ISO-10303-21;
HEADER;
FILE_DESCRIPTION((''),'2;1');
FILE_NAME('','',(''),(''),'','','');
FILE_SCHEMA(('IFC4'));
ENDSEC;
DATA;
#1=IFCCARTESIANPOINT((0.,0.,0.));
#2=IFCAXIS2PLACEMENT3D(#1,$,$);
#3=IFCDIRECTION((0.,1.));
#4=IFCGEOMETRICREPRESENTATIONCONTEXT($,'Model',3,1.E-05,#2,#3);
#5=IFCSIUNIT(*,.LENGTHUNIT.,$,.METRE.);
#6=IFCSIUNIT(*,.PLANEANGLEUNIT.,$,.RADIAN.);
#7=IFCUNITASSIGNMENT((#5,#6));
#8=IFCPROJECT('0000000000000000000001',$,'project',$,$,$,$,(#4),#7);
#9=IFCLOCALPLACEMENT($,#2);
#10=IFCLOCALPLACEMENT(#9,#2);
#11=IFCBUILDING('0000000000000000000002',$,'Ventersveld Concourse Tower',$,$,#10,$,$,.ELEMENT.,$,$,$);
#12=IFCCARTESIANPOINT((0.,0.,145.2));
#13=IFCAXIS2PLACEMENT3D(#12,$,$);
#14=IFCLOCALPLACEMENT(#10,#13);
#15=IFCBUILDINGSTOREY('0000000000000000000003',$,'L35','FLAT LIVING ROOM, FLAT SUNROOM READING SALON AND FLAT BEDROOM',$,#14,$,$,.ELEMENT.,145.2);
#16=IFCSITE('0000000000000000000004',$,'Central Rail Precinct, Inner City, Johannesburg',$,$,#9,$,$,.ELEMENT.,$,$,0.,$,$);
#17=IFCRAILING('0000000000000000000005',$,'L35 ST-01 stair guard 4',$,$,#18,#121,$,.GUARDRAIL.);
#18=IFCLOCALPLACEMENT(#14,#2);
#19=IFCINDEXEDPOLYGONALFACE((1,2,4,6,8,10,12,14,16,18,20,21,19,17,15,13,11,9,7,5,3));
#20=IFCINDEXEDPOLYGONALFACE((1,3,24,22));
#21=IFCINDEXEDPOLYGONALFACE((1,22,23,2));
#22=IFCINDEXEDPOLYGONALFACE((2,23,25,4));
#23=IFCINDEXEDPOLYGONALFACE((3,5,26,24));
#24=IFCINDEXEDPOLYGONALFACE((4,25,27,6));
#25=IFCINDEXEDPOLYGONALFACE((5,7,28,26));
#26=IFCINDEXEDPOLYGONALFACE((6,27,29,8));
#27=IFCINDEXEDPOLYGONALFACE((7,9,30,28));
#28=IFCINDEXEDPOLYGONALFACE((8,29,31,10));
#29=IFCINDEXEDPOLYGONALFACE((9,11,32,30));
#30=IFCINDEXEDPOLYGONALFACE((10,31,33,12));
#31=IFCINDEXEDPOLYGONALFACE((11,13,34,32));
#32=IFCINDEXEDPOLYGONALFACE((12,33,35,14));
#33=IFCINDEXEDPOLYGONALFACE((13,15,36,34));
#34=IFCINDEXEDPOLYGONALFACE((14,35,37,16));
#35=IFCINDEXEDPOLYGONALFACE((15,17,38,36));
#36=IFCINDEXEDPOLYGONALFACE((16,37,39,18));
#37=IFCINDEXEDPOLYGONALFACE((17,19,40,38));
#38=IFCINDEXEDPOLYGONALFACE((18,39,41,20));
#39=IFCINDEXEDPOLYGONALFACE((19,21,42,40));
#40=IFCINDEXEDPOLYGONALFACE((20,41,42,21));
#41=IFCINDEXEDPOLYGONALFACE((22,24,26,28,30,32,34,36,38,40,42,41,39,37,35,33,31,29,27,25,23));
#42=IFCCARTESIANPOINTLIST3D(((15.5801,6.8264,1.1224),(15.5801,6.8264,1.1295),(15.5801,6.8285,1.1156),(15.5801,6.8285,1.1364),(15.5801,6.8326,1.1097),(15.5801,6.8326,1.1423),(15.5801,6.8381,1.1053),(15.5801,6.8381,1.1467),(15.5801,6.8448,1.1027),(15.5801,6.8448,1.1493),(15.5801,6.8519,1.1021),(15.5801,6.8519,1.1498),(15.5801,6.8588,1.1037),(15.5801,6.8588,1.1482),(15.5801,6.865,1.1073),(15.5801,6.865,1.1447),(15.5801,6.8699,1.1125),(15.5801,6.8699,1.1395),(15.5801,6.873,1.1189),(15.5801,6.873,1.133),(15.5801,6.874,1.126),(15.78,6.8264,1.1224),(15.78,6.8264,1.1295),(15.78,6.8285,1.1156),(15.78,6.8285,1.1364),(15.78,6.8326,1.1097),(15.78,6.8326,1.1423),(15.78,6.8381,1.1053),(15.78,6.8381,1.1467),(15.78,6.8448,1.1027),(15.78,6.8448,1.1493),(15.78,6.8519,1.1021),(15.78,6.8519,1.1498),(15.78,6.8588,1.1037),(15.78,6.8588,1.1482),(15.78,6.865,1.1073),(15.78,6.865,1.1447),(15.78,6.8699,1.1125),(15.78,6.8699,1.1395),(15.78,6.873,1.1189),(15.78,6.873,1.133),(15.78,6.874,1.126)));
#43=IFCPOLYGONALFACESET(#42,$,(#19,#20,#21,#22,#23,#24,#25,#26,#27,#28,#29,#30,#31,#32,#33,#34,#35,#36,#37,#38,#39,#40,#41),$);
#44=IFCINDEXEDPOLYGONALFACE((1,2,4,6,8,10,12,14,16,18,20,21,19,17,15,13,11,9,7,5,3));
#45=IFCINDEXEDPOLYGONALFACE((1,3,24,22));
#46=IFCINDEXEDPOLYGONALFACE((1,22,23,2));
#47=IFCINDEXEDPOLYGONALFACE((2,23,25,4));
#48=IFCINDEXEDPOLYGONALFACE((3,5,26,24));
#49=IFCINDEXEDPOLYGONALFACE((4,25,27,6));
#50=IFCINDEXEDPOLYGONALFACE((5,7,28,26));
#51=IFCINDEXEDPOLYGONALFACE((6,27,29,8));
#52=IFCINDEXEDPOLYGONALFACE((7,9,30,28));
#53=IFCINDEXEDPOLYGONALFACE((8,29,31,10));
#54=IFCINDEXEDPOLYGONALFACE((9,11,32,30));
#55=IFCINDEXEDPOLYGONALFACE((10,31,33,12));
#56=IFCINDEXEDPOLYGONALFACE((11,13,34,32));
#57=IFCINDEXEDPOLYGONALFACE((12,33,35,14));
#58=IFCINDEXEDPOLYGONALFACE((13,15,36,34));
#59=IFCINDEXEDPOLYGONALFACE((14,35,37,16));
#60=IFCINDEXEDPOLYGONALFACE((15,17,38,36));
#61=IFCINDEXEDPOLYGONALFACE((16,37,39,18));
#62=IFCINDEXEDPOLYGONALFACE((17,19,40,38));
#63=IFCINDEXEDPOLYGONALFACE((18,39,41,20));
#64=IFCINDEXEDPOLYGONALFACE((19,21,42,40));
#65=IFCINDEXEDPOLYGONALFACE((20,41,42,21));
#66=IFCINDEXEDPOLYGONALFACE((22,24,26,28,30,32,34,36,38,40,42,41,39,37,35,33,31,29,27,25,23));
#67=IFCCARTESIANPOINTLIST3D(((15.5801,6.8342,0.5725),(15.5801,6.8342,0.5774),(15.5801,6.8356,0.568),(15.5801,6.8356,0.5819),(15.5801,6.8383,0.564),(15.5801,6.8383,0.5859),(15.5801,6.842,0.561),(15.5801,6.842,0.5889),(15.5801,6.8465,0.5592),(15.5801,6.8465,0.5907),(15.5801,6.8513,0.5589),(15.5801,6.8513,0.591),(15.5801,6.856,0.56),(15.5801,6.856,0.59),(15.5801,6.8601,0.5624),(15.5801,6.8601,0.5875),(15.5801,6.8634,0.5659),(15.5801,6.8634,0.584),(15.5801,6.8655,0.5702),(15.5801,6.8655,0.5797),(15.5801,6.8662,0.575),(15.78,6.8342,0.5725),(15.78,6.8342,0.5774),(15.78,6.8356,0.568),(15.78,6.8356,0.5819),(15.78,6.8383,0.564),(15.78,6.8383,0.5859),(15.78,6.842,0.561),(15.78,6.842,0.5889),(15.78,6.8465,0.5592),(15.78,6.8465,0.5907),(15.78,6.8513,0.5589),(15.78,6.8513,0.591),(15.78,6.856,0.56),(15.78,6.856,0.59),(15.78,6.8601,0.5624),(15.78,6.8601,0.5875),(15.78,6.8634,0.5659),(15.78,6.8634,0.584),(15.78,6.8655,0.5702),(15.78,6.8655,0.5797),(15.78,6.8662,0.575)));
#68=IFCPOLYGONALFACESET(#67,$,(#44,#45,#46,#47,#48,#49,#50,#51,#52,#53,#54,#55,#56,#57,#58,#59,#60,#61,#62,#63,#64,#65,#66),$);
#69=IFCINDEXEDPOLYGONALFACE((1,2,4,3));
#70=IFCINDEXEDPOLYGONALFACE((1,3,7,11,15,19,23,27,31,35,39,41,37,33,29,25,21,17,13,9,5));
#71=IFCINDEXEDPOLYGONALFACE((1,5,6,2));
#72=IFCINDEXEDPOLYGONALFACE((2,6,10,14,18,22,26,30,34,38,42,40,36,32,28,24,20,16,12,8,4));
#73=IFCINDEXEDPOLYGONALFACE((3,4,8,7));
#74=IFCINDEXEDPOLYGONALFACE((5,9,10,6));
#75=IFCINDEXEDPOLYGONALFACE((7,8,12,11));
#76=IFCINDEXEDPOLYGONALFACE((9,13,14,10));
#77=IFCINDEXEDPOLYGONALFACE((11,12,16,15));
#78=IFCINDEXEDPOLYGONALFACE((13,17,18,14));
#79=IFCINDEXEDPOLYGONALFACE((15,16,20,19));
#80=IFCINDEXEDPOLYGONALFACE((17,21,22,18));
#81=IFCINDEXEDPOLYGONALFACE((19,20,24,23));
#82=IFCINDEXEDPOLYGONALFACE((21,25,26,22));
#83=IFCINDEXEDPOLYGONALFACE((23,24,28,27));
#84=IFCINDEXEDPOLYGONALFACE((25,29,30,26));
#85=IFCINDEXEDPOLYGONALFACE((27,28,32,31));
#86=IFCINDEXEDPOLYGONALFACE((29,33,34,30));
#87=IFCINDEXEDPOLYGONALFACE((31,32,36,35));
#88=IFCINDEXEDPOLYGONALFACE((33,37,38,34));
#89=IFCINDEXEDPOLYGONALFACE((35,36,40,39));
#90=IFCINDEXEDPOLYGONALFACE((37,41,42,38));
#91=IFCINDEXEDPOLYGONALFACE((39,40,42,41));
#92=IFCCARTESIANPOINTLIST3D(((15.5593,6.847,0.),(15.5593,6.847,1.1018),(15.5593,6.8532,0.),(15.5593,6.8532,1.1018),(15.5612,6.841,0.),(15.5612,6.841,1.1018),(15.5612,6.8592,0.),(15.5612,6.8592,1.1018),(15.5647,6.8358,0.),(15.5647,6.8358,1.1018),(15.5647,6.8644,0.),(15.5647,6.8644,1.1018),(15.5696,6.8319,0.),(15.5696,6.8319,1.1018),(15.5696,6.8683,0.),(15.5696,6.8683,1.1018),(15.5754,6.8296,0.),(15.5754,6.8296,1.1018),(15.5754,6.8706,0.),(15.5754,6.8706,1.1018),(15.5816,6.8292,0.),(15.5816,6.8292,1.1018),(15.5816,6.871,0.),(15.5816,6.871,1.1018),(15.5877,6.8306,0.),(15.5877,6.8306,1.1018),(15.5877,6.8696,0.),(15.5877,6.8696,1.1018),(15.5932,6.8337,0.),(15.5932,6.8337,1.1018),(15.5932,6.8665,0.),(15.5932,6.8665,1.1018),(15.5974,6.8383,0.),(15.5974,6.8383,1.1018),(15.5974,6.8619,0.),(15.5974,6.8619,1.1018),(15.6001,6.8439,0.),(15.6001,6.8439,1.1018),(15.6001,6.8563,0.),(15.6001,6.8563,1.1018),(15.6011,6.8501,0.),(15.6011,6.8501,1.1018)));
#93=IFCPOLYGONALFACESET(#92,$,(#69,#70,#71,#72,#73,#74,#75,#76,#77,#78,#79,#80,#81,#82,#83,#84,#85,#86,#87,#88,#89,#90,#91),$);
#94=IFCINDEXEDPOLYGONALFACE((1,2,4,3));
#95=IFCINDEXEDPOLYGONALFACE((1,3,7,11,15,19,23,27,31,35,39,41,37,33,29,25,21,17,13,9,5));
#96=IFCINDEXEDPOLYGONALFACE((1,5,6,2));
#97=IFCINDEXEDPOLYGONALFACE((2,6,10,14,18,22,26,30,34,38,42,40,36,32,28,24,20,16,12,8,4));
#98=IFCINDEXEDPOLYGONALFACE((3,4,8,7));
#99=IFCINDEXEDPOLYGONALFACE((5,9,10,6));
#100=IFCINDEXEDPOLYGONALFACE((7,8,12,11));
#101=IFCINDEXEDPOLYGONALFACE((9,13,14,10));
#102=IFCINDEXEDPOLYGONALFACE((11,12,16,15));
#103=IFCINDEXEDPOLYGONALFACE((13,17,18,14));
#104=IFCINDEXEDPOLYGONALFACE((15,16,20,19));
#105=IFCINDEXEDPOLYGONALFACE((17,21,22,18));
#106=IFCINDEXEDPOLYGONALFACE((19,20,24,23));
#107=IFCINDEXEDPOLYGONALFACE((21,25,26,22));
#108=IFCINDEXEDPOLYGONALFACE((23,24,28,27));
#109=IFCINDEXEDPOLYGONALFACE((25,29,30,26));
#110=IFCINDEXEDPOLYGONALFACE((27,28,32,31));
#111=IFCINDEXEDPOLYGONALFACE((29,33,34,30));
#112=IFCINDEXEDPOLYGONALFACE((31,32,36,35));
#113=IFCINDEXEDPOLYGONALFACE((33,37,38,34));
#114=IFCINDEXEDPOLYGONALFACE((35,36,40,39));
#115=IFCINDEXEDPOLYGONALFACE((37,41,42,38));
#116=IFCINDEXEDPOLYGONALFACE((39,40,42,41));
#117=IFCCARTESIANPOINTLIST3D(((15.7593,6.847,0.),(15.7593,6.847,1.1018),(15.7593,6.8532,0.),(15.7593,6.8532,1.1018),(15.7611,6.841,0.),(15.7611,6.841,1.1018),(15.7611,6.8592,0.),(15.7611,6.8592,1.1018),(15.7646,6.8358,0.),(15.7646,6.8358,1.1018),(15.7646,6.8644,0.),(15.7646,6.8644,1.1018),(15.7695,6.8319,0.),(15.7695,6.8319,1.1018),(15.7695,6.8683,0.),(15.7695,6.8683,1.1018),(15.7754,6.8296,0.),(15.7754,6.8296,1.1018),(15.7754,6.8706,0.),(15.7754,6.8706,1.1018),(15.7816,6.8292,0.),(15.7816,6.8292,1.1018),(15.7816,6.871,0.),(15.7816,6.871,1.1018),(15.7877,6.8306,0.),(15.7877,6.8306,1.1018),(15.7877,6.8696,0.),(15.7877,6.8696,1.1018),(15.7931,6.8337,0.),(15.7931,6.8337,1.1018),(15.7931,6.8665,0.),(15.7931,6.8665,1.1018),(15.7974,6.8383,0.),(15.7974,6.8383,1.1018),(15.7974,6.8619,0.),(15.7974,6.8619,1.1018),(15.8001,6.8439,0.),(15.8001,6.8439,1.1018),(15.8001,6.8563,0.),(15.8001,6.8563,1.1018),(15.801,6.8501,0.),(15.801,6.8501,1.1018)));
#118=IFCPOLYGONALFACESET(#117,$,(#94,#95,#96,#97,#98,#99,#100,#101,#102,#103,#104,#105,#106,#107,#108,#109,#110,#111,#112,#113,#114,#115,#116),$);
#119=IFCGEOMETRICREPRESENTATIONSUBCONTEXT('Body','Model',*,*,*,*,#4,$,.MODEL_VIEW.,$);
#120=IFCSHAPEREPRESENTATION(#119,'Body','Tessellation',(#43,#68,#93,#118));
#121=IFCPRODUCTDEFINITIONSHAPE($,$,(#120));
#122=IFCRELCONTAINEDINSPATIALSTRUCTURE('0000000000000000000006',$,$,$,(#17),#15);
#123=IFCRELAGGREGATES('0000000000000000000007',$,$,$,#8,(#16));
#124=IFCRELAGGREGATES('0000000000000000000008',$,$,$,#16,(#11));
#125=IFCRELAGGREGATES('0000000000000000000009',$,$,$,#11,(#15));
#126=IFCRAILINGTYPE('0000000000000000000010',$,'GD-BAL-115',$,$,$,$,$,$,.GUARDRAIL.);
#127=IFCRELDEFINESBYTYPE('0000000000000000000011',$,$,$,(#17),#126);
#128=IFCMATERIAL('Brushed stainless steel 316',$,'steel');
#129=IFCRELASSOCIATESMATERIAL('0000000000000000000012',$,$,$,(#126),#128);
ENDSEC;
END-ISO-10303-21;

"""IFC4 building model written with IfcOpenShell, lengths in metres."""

from ifc_helpers import new_model, si_unit, direction, frame, origin, origin_2d, place, context, subcontext, project, spatial, circle, extrude, material, type_object, element, save


model = new_model("IFC4")

# Units and contexts
model_context = context("Model", 3, precision=1e-05, world=origin(), true_north=direction((0.0, 1.0)))
body_context = subcontext(model_context, "Body", "Model", "MODEL_VIEW")
ifc_project = project(units=[si_unit("LENGTHUNIT", "METRE"), si_unit("PLANEANGLEUNIT", "RADIAN")], contexts=[model_context])

# Site, building, storey
site_placement = place(None, origin())
site = spatial("IfcSite", under=ifc_project, at=site_placement, Name="Central Rail Precinct, Inner City, Johannesburg", CompositionType="ELEMENT", RefElevation=0.0)
building_placement = place(site_placement, origin())
building = spatial("IfcBuilding", under=site, at=building_placement, Name="Ventersveld Concourse Tower", CompositionType="ELEMENT")
storey_placement = place(building_placement, frame((0.0, 0.0, 145.2)))
storey = spatial("IfcBuildingStorey", under=building, at=storey_placement, Name="L35", Description="FLAT LIVING ROOM, FLAT SUNROOM READING SALON AND FLAT BEDROOM", CompositionType="ELEMENT", Elevation=145.2)

# Shared definitions
ifc_material_1 = material(Name="Brushed stainless steel 316", Category="steel")

# Railing
railing_type = type_object("IfcRailingType", Name="GD-BAL-115", PredefinedType="GUARDRAIL", material=ifc_material_1)
railing_1_placement = place(storey_placement, frame((15.5801, 6.8501, 0.0)))
element("IfcRailing", 1, at=railing_1_placement, inside=storey, type_object=railing_type, Name="L35 ST-01 stair guard 4", PredefinedType="GUARDRAIL", context=body_context, shape_type="SweptSolid", body=[
    extrude(circle(Radius=0.0239, at=origin_2d()), frame((0.0, 0.0, 1.126), z_axis=(1.0, 0.0, 0.0), x_axis=(0.0, 1.0, 0.0)), (0.0, 0.0, 1.0), 0.2),
    extrude(circle(Radius=0.0161, at=origin_2d()), frame((0.0, 0.0, 0.575), z_axis=(1.0, 0.0, 0.0), x_axis=(0.0, 1.0, 0.0)), (0.0, 0.0, 1.0), 0.2),
    extrude(circle(Radius=0.021, at=origin_2d()), origin(), (0.0, 0.0, 1.0), 1.1018),
    extrude(circle(Radius=0.021, at=origin_2d()), frame((0.2, 0.0, 0.0)), (0.0, 0.0, 1.0), 1.1018),
])

save(model, "model.ifc")
